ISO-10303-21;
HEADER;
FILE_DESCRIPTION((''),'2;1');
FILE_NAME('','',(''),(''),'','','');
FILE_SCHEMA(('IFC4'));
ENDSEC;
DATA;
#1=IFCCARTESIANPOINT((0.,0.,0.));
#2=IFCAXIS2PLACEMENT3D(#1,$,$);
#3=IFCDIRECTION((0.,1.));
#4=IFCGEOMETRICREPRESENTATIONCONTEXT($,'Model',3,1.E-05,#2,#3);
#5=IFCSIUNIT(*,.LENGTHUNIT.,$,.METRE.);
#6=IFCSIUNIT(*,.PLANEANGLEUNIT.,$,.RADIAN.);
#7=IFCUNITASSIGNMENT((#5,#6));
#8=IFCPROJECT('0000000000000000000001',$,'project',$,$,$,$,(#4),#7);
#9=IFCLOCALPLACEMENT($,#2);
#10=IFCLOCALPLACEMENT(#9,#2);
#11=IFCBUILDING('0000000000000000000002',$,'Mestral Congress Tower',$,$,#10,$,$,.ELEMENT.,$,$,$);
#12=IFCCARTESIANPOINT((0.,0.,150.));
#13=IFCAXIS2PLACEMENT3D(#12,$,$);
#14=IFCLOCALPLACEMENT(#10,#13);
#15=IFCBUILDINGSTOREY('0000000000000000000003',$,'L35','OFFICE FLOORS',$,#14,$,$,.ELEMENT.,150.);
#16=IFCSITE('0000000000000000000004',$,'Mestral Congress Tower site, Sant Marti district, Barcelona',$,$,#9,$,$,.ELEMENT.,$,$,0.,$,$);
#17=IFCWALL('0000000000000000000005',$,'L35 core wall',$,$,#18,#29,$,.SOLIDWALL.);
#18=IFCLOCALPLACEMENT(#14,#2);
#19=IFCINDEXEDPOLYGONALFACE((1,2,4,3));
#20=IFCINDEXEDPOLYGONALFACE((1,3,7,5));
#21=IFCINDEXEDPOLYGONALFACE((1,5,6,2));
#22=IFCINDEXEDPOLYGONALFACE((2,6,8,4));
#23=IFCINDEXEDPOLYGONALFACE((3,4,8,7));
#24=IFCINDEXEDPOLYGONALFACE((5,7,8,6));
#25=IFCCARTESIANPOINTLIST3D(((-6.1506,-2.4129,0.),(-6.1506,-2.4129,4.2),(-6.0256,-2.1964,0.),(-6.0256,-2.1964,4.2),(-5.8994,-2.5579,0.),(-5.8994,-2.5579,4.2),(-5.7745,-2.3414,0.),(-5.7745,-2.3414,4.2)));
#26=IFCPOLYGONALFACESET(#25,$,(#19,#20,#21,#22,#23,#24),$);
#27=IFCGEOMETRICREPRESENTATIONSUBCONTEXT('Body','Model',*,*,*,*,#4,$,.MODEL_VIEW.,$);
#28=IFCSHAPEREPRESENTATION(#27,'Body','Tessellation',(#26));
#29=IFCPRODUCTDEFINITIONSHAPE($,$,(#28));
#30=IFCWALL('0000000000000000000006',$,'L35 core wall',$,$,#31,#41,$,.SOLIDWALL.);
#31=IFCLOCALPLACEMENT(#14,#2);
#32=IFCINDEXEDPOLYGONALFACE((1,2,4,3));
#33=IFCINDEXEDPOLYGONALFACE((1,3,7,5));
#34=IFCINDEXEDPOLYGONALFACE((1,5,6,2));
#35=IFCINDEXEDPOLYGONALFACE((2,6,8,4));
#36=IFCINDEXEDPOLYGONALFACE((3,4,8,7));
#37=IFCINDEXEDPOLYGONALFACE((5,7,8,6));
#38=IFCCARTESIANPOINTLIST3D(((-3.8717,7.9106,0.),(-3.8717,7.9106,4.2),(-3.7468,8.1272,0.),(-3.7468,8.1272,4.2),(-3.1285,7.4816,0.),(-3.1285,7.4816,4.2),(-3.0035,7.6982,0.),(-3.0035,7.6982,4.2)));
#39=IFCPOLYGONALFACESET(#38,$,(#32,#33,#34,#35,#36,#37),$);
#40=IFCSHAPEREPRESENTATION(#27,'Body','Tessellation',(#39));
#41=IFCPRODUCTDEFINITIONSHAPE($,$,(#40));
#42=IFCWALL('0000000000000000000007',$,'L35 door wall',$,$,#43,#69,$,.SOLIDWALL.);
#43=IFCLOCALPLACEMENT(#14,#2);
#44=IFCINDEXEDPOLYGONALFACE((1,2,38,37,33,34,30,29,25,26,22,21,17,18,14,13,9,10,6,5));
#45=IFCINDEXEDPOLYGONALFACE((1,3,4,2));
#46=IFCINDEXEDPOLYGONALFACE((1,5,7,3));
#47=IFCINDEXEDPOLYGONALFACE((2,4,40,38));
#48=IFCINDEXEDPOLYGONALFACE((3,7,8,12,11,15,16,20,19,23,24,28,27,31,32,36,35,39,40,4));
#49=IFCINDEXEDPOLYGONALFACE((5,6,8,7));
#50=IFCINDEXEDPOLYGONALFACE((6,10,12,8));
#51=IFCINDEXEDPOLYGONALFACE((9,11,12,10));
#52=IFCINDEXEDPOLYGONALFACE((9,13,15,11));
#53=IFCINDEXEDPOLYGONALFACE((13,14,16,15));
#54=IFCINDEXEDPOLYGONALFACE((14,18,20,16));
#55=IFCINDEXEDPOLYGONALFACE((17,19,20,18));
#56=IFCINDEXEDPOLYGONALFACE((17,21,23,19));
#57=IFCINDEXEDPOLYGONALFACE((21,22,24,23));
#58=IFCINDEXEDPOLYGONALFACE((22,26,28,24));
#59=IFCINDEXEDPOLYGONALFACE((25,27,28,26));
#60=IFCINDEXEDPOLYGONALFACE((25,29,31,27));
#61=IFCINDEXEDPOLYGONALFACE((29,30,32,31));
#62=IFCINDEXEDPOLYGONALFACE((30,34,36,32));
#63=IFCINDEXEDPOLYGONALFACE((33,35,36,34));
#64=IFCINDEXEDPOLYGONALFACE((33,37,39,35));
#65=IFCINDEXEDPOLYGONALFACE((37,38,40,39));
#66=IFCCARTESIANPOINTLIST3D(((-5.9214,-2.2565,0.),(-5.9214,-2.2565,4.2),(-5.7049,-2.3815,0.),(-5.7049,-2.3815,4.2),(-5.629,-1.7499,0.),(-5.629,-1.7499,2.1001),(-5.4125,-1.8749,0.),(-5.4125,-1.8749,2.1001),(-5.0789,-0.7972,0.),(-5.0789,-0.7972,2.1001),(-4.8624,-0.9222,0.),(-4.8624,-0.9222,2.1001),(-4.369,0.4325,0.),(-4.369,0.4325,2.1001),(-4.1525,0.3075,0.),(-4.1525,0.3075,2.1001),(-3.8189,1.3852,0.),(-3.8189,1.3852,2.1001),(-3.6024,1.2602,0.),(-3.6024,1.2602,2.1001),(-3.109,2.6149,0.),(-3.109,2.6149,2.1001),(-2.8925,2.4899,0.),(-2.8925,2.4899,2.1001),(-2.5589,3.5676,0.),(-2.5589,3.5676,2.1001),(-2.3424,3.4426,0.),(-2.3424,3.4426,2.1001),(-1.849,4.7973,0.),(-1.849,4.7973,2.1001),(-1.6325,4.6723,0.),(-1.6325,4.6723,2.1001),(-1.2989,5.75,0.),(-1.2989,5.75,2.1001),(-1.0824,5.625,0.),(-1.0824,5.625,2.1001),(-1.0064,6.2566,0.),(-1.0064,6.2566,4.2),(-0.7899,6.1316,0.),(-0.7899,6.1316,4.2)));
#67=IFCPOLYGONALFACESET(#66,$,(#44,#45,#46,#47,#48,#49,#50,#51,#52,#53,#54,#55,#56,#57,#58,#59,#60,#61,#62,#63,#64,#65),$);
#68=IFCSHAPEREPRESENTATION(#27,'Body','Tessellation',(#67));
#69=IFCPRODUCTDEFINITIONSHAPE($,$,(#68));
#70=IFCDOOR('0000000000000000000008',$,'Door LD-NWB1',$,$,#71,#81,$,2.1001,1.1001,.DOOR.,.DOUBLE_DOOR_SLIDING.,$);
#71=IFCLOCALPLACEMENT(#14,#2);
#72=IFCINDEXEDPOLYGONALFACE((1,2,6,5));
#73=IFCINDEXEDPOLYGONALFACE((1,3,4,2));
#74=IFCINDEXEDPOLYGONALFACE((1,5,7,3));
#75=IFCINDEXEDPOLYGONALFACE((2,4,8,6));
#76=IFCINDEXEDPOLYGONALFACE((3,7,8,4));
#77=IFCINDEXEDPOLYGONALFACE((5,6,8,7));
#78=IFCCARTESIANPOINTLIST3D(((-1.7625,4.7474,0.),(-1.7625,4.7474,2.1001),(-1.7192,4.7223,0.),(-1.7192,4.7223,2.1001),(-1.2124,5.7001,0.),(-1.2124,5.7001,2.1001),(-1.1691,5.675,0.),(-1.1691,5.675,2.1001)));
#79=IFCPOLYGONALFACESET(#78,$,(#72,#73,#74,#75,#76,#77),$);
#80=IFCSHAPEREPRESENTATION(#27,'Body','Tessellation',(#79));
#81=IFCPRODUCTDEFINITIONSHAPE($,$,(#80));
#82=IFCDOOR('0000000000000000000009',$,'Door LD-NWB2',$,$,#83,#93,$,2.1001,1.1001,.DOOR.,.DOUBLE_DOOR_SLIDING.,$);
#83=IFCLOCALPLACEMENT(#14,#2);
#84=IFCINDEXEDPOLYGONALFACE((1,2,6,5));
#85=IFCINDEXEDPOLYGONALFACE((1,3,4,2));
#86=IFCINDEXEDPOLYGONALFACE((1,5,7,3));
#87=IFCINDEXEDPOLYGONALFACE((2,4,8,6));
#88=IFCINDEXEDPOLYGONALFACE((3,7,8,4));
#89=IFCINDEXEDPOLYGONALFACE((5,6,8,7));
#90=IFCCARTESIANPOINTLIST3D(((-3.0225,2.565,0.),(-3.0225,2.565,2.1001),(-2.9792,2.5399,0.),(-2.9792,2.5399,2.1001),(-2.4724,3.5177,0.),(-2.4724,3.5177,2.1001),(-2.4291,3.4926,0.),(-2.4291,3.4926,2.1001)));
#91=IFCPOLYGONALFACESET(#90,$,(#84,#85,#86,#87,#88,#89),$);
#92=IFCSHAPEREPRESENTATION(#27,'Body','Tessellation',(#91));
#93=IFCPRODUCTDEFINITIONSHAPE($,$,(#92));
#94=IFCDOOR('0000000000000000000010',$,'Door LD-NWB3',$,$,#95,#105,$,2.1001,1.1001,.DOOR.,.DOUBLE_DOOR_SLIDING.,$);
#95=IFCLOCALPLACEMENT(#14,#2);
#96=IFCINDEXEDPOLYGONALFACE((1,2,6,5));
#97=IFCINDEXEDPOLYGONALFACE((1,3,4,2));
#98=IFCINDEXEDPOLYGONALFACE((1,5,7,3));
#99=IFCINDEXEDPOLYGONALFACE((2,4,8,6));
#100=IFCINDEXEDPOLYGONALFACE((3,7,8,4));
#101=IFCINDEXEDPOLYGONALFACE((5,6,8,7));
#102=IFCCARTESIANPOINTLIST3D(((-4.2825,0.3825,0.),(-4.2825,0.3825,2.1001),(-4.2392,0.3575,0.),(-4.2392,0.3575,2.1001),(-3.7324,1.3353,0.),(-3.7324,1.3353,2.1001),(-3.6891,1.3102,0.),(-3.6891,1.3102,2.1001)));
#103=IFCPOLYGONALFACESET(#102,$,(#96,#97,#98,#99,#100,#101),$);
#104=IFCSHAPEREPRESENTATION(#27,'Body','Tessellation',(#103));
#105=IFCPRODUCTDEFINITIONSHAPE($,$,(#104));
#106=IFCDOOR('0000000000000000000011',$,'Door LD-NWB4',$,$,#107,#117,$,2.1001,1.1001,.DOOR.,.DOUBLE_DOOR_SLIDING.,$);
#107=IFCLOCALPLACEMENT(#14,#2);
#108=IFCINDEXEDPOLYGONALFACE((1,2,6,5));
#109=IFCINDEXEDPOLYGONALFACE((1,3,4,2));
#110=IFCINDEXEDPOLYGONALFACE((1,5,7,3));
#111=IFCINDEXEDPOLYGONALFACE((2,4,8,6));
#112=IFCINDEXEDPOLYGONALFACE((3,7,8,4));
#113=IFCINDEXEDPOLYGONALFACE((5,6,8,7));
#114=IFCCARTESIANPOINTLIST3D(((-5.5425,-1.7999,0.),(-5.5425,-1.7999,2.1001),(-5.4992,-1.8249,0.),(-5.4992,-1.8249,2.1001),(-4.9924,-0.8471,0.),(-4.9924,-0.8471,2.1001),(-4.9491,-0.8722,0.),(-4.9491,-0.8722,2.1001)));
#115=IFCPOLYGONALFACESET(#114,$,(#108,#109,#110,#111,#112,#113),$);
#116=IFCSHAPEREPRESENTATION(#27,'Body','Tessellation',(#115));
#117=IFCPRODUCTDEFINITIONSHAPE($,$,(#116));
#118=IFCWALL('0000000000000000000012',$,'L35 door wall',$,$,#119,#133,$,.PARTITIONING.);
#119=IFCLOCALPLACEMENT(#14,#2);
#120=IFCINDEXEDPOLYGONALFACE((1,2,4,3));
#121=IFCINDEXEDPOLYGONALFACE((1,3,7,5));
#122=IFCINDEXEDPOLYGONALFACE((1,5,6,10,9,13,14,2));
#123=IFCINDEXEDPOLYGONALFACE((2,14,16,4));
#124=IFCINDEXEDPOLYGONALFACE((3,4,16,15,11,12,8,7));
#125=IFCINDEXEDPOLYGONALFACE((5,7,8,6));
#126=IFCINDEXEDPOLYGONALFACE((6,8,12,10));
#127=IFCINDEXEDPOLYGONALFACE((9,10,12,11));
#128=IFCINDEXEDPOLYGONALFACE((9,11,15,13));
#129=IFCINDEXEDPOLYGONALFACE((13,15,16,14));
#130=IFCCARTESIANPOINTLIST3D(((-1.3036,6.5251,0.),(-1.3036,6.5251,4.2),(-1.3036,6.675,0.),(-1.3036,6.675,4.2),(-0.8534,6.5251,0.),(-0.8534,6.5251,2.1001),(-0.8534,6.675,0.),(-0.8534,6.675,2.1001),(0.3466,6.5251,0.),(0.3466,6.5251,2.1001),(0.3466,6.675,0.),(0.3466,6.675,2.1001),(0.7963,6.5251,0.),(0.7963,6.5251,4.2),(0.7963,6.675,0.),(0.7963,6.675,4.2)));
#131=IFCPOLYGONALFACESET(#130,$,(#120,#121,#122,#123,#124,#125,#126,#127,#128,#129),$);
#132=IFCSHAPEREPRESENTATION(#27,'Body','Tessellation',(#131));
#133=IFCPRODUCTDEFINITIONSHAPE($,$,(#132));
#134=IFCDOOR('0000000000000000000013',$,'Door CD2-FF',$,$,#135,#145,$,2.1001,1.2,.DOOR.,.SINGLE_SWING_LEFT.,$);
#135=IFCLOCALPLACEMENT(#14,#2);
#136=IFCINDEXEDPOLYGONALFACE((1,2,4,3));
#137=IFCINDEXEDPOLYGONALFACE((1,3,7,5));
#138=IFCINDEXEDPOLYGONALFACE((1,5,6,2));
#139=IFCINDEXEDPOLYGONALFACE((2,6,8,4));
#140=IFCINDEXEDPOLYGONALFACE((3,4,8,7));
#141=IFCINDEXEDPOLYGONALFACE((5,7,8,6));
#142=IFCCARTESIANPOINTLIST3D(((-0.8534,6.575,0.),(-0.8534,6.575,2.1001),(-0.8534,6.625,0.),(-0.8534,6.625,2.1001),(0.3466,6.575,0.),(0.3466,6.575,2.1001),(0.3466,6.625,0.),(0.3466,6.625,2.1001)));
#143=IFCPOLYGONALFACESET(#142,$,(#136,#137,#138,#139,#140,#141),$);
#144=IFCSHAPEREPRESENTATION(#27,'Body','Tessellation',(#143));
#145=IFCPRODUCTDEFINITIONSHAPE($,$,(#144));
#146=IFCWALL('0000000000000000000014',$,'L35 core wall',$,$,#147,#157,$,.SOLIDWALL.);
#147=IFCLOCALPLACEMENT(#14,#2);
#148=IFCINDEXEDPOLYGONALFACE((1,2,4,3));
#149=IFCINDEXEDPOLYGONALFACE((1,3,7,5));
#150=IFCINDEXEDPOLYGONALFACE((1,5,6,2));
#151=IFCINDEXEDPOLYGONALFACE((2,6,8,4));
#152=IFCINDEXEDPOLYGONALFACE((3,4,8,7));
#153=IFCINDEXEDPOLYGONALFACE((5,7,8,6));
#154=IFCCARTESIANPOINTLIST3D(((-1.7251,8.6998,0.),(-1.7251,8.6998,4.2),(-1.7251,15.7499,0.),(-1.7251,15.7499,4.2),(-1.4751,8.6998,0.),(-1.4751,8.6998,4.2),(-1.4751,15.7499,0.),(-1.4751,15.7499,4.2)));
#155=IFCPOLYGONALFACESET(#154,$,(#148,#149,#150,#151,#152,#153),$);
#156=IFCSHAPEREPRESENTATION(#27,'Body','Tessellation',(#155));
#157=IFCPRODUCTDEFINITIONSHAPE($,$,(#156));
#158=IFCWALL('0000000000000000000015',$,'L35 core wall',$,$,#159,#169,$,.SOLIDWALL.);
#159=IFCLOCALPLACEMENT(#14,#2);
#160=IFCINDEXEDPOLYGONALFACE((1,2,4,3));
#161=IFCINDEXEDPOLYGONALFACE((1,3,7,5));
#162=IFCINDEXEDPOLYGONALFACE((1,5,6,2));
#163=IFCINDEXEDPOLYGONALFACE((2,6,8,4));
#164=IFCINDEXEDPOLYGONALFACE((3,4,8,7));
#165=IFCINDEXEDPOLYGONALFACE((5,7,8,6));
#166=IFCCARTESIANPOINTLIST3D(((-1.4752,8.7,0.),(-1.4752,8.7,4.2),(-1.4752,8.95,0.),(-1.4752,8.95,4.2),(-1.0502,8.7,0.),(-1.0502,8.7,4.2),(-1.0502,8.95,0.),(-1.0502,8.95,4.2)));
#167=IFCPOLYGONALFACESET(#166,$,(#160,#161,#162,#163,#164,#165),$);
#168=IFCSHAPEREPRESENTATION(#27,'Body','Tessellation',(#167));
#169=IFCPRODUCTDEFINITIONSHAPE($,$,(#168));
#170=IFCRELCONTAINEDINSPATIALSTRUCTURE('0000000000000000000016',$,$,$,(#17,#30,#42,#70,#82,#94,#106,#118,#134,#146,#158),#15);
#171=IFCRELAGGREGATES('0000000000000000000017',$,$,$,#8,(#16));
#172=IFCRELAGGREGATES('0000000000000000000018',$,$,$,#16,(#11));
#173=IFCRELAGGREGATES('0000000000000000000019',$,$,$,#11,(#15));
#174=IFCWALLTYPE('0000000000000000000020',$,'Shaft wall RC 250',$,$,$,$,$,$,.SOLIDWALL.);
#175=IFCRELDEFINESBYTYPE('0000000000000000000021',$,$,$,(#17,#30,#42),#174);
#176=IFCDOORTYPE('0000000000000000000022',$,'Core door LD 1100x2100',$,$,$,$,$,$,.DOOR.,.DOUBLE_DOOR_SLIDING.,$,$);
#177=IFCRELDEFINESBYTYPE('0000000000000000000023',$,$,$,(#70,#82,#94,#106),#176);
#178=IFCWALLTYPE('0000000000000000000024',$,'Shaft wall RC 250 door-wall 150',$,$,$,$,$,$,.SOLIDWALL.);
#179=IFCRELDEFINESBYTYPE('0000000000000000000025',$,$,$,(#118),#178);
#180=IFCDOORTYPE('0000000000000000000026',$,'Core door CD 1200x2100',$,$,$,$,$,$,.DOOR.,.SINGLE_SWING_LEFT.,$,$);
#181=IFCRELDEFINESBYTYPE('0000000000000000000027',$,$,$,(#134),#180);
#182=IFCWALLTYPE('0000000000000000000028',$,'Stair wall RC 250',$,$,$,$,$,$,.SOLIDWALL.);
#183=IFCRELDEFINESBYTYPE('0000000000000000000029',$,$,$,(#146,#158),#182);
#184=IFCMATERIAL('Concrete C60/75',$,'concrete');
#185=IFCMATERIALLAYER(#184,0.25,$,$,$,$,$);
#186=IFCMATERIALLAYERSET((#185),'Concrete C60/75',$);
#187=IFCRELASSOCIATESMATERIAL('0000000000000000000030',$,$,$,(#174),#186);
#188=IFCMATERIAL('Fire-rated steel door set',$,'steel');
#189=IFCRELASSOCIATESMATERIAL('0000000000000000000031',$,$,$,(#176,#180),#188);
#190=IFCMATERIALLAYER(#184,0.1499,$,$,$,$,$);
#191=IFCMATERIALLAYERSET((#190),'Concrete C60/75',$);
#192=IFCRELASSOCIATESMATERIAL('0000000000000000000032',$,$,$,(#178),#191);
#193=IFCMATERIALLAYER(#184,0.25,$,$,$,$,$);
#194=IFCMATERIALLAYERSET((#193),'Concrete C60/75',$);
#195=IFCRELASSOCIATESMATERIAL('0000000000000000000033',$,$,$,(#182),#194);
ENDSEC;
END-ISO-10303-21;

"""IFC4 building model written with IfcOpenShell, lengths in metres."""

from ifc_helpers import new_model, si_unit, direction, frame, frame_2d, origin, place, context, subcontext, project, spatial, rectangle, extrude, material, layer, layer_set, type_object, element, fill, save


model = new_model("IFC4")

# Units and contexts
model_context = context("Model", 3, precision=1e-05, world=origin(), true_north=direction((0.0, 1.0)))
body_context = subcontext(model_context, "Body", "Model", "MODEL_VIEW")
ifc_project = project(units=[si_unit("LENGTHUNIT", "METRE"), si_unit("PLANEANGLEUNIT", "RADIAN")], contexts=[model_context])

# Site, building, storey
site_placement = place(None, origin())
site = spatial("IfcSite", under=ifc_project, at=site_placement, Name="Mestral Congress Tower site, Sant Marti district, Barcelona", CompositionType="ELEMENT", RefElevation=0.0)
building_placement = place(site_placement, origin())
building = spatial("IfcBuilding", under=site, at=building_placement, Name="Mestral Congress Tower", CompositionType="ELEMENT")
storey_placement = place(building_placement, frame((0.0, 0.0, 150.0)))
storey = spatial("IfcBuildingStorey", under=building, at=storey_placement, Name="L35", Description="OFFICE FLOORS", CompositionType="ELEMENT", Elevation=150.0)

# Shared definitions
ifc_material_1 = material(Name="Concrete C60/75", Category="concrete")

# Shared definitions
ifc_material_2 = material(Name="Fire-rated steel door set", Category="steel")

# Walls
ifc_layer_1 = layer(ifc_material_1, 0.25)
ifc_layer_set_1 = layer_set([ifc_layer_1], Name="Concrete C60/75")
wall_type_1 = type_object("IfcWallType", Name="Shaft wall RC 250", PredefinedType="SOLIDWALL", material=ifc_layer_set_1)
wall_1_placement = place(storey_placement, frame((-6.0881, -2.3047, 0.0), z_axis=(0.0, 0.0, 1.0), x_axis=(0.866059, -0.499941, 0.0)))
element("IfcWall", 1, at=wall_1_placement, inside=storey, type_object=wall_type_1, Name="L35 core wall", PredefinedType="SOLIDWALL", context=body_context, shape_type="SweptSolid", body=[
    extrude(rectangle(XDim=0.29, YDim=0.25, at=frame_2d((0.145, 0.0))), origin(), (0.0, 0.0, 1.0), 4.2),
])
wall_2_placement = place(storey_placement, frame((-3.0659, 7.5898, 0.0), z_axis=(0.0, 0.0, 1.0), x_axis=(-0.866081, 0.499903, 0.0)))
element("IfcWall", 2, at=wall_2_placement, inside=storey, type_object=wall_type_1, Name="L35 core wall", PredefinedType="SOLIDWALL", context=body_context, shape_type="SweptSolid", body=[
    extrude(rectangle(XDim=0.8582, YDim=0.25, at=frame_2d((0.4292, 0.0))), origin(), (0.0, 0.0, 1.0), 4.2),
])

# Wall, openings, doors
wall_3_placement = place(storey_placement, frame((-0.8982, 6.1941, 0.0), z_axis=(0.0, 0.0, 1.0), x_axis=(-0.499996, -0.866028, 0.0)))
wall_3 = element("IfcWall", 3, at=wall_3_placement, inside=storey, type_object=wall_type_1, Name="L35 door wall", PredefinedType="SOLIDWALL", context=body_context, shape_type="SweptSolid", body=[
    extrude(rectangle(XDim=9.8301, YDim=0.25, at=frame_2d((4.915, 0.0))), origin(), (0.0, 0.0, 1.0), 4.2),
])
opening_1_placement = place(wall_3_placement, frame((0.585, 0.0, 0.0)))
opening_1 = element("IfcOpeningElement", 4, at=opening_1_placement, cuts=wall_3, PredefinedType="OPENING", context=body_context, shape_type="SweptSolid", body=[
    extrude(rectangle(XDim=1.1001, YDim=2.1001, at=frame_2d((0.55, 1.05))), frame((0.0, 0.135, 0.0), z_axis=(0.0, -1.0, 0.0), x_axis=(1.0, 0.0, 0.0)), (0.0, 0.0, 1.0), 0.27),
])
opening_2_placement = place(wall_3_placement, frame((3.105, 0.0, 0.0)))
opening_2 = element("IfcOpeningElement", 5, at=opening_2_placement, cuts=wall_3, PredefinedType="OPENING", context=body_context, shape_type="SweptSolid", body=[
    extrude(rectangle(XDim=1.1001, YDim=2.1001, at=frame_2d((0.55, 1.05))), frame((0.0, 0.135, 0.0), z_axis=(0.0, -1.0, 0.0), x_axis=(1.0, 0.0, 0.0)), (0.0, 0.0, 1.0), 0.27),
])
opening_3_placement = place(wall_3_placement, frame((5.625, 0.0, 0.0)))
opening_3 = element("IfcOpeningElement", 6, at=opening_3_placement, cuts=wall_3, PredefinedType="OPENING", context=body_context, shape_type="SweptSolid", body=[
    extrude(rectangle(XDim=1.1001, YDim=2.1001, at=frame_2d((0.55, 1.05))), frame((0.0, 0.135, 0.0), z_axis=(0.0, -1.0, 0.0), x_axis=(1.0, 0.0, 0.0)), (0.0, 0.0, 1.0), 0.27),
])
opening_4_placement = place(wall_3_placement, frame((8.145, 0.0, 0.0)))
opening_4 = element("IfcOpeningElement", 7, at=opening_4_placement, cuts=wall_3, PredefinedType="OPENING", context=body_context, shape_type="SweptSolid", body=[
    extrude(rectangle(XDim=1.1001, YDim=2.1001, at=frame_2d((0.55, 1.05))), frame((0.0, 0.135, 0.0), z_axis=(0.0, -1.0, 0.0), x_axis=(1.0, 0.0, 0.0)), (0.0, 0.0, 1.0), 0.27),
])
door_type_1 = type_object("IfcDoorType", Name="Core door LD 1100x2100", OperationType="DOUBLE_DOOR_SLIDING", PredefinedType="DOOR", material=ifc_material_2)
door_1_placement = place(opening_1_placement, origin())
door_1 = element("IfcDoor", 8, at=door_1_placement, inside=storey, type_object=door_type_1, Name="Door LD-NWB1", OperationType="DOUBLE_DOOR_SLIDING", OverallHeight=2.1001, OverallWidth=1.1001, PredefinedType="DOOR", context=body_context, shape_type="SweptSolid", body=[
    extrude(rectangle(XDim=1.1001, YDim=2.1001, at=frame_2d((0.55, 1.05))), frame((0.0, 0.0249, 0.0), z_axis=(0.0, -1.0, 0.0), x_axis=(1.0, 0.0, 0.0)), (0.0, 0.0, 1.0), 0.05),
])
fill(opening_1, door_1)
door_2_placement = place(opening_2_placement, origin())
door_2 = element("IfcDoor", 9, at=door_2_placement, inside=storey, type_object=door_type_1, Name="Door LD-NWB2", OperationType="DOUBLE_DOOR_SLIDING", OverallHeight=2.1001, OverallWidth=1.1001, PredefinedType="DOOR", context=body_context, shape_type="SweptSolid", body=[
    extrude(rectangle(XDim=1.1001, YDim=2.1001, at=frame_2d((0.55, 1.05))), frame((0.0, 0.0249, 0.0), z_axis=(0.0, -1.0, 0.0), x_axis=(1.0, 0.0, 0.0)), (0.0, 0.0, 1.0), 0.05),
])
fill(opening_2, door_2)
door_3_placement = place(opening_3_placement, origin())
door_3 = element("IfcDoor", 10, at=door_3_placement, inside=storey, type_object=door_type_1, Name="Door LD-NWB3", OperationType="DOUBLE_DOOR_SLIDING", OverallHeight=2.1001, OverallWidth=1.1001, PredefinedType="DOOR", context=body_context, shape_type="SweptSolid", body=[
    extrude(rectangle(XDim=1.1001, YDim=2.1001, at=frame_2d((0.55, 1.05))), frame((0.0, 0.0249, 0.0), z_axis=(0.0, -1.0, 0.0), x_axis=(1.0, 0.0, 0.0)), (0.0, 0.0, 1.0), 0.05),
])
fill(opening_3, door_3)
door_4_placement = place(opening_4_placement, origin())
door_4 = element("IfcDoor", 11, at=door_4_placement, inside=storey, type_object=door_type_1, Name="Door LD-NWB4", OperationType="DOUBLE_DOOR_SLIDING", OverallHeight=2.1001, OverallWidth=1.1001, PredefinedType="DOOR", context=body_context, shape_type="SweptSolid", body=[
    extrude(rectangle(XDim=1.1001, YDim=2.1001, at=frame_2d((0.55, 1.05))), frame((0.0, 0.0249, 0.0), z_axis=(0.0, -1.0, 0.0), x_axis=(1.0, 0.0, 0.0)), (0.0, 0.0, 1.0), 0.05),
])
fill(opening_4, door_4)

# Wall, opening, door
ifc_layer_2 = layer(ifc_material_1, 0.1499)
ifc_layer_set_2 = layer_set([ifc_layer_2], Name="Concrete C60/75")
wall_type_2 = type_object("IfcWallType", Name="Shaft wall RC 250 door-wall 150", PredefinedType="SOLIDWALL", material=ifc_layer_set_2)
wall_4_placement = place(storey_placement, frame((-1.3035, 6.6001, 0.0), z_axis=(0.0, 0.0, 1.0), x_axis=(1.0, 0.0, 0.0)))
wall_4 = element("IfcWall", 12, at=wall_4_placement, inside=storey, type_object=wall_type_2, Name="L35 door wall", PredefinedType="PARTITIONING", context=body_context, shape_type="SweptSolid", body=[
    extrude(rectangle(XDim=2.0999, YDim=0.1499, at=frame_2d((1.0498, 0.0))), origin(), (0.0, 0.0, 1.0), 4.2),
])
opening_5_placement = place(wall_4_placement, frame((0.45, 0.0, 0.0)))
opening_5 = element("IfcOpeningElement", 13, at=opening_5_placement, cuts=wall_4, PredefinedType="OPENING", context=body_context, shape_type="SweptSolid", body=[
    extrude(rectangle(XDim=1.2, YDim=2.1001, at=frame_2d((0.6001, 1.05))), frame((0.0, 0.085, 0.0), z_axis=(0.0, -1.0, 0.0), x_axis=(1.0, 0.0, 0.0)), (0.0, 0.0, 1.0), 0.1699),
])
door_type_2 = type_object("IfcDoorType", Name="Core door CD 1200x2100", OperationType="SINGLE_SWING_LEFT", PredefinedType="DOOR", material=ifc_material_2)
door_5_placement = place(opening_5_placement, origin())
door_5 = element("IfcDoor", 14, at=door_5_placement, inside=storey, type_object=door_type_2, Name="Door CD2-FF", OperationType="SINGLE_SWING_LEFT", OverallHeight=2.1001, OverallWidth=1.2, PredefinedType="DOOR", context=body_context, shape_type="SweptSolid", body=[
    extrude(rectangle(XDim=1.2, YDim=2.1001, at=frame_2d((0.6001, 1.05))), frame((0.0, 0.0249, 0.0), z_axis=(0.0, -1.0, 0.0), x_axis=(1.0, 0.0, 0.0)), (0.0, 0.0, 1.0), 0.05),
])
fill(opening_5, door_5)

# Walls
ifc_layer_3 = layer(ifc_material_1, 0.25)
ifc_layer_set_3 = layer_set([ifc_layer_3], Name="Concrete C60/75")
wall_type_3 = type_object("IfcWallType", Name="Stair wall RC 250", PredefinedType="SOLIDWALL", material=ifc_layer_set_3)
wall_5_placement = place(storey_placement, frame((-1.6001, 8.7, 0.0), z_axis=(0.0, 0.0, 1.0), x_axis=(0.0, 1.0, 0.0)))
element("IfcWall", 15, at=wall_5_placement, inside=storey, type_object=wall_type_3, Name="L35 core wall", PredefinedType="SOLIDWALL", context=body_context, shape_type="SweptSolid", body=[
    extrude(rectangle(XDim=7.05, YDim=0.25, at=frame_2d((3.5249, 0.0))), origin(), (0.0, 0.0, 1.0), 4.2),
])
wall_6_placement = place(storey_placement, frame((-1.4751, 8.825, 0.0), z_axis=(0.0, 0.0, 1.0), x_axis=(1.0, 0.0, 0.0)))
element("IfcWall", 16, at=wall_6_placement, inside=storey, type_object=wall_type_3, Name="L35 core wall", PredefinedType="SOLIDWALL", context=body_context, shape_type="SweptSolid", body=[
    extrude(rectangle(XDim=0.425, YDim=0.25, at=frame_2d((0.2124, 0.0))), origin(), (0.0, 0.0, 1.0), 4.2),
])

save(model, "model.ifc")
